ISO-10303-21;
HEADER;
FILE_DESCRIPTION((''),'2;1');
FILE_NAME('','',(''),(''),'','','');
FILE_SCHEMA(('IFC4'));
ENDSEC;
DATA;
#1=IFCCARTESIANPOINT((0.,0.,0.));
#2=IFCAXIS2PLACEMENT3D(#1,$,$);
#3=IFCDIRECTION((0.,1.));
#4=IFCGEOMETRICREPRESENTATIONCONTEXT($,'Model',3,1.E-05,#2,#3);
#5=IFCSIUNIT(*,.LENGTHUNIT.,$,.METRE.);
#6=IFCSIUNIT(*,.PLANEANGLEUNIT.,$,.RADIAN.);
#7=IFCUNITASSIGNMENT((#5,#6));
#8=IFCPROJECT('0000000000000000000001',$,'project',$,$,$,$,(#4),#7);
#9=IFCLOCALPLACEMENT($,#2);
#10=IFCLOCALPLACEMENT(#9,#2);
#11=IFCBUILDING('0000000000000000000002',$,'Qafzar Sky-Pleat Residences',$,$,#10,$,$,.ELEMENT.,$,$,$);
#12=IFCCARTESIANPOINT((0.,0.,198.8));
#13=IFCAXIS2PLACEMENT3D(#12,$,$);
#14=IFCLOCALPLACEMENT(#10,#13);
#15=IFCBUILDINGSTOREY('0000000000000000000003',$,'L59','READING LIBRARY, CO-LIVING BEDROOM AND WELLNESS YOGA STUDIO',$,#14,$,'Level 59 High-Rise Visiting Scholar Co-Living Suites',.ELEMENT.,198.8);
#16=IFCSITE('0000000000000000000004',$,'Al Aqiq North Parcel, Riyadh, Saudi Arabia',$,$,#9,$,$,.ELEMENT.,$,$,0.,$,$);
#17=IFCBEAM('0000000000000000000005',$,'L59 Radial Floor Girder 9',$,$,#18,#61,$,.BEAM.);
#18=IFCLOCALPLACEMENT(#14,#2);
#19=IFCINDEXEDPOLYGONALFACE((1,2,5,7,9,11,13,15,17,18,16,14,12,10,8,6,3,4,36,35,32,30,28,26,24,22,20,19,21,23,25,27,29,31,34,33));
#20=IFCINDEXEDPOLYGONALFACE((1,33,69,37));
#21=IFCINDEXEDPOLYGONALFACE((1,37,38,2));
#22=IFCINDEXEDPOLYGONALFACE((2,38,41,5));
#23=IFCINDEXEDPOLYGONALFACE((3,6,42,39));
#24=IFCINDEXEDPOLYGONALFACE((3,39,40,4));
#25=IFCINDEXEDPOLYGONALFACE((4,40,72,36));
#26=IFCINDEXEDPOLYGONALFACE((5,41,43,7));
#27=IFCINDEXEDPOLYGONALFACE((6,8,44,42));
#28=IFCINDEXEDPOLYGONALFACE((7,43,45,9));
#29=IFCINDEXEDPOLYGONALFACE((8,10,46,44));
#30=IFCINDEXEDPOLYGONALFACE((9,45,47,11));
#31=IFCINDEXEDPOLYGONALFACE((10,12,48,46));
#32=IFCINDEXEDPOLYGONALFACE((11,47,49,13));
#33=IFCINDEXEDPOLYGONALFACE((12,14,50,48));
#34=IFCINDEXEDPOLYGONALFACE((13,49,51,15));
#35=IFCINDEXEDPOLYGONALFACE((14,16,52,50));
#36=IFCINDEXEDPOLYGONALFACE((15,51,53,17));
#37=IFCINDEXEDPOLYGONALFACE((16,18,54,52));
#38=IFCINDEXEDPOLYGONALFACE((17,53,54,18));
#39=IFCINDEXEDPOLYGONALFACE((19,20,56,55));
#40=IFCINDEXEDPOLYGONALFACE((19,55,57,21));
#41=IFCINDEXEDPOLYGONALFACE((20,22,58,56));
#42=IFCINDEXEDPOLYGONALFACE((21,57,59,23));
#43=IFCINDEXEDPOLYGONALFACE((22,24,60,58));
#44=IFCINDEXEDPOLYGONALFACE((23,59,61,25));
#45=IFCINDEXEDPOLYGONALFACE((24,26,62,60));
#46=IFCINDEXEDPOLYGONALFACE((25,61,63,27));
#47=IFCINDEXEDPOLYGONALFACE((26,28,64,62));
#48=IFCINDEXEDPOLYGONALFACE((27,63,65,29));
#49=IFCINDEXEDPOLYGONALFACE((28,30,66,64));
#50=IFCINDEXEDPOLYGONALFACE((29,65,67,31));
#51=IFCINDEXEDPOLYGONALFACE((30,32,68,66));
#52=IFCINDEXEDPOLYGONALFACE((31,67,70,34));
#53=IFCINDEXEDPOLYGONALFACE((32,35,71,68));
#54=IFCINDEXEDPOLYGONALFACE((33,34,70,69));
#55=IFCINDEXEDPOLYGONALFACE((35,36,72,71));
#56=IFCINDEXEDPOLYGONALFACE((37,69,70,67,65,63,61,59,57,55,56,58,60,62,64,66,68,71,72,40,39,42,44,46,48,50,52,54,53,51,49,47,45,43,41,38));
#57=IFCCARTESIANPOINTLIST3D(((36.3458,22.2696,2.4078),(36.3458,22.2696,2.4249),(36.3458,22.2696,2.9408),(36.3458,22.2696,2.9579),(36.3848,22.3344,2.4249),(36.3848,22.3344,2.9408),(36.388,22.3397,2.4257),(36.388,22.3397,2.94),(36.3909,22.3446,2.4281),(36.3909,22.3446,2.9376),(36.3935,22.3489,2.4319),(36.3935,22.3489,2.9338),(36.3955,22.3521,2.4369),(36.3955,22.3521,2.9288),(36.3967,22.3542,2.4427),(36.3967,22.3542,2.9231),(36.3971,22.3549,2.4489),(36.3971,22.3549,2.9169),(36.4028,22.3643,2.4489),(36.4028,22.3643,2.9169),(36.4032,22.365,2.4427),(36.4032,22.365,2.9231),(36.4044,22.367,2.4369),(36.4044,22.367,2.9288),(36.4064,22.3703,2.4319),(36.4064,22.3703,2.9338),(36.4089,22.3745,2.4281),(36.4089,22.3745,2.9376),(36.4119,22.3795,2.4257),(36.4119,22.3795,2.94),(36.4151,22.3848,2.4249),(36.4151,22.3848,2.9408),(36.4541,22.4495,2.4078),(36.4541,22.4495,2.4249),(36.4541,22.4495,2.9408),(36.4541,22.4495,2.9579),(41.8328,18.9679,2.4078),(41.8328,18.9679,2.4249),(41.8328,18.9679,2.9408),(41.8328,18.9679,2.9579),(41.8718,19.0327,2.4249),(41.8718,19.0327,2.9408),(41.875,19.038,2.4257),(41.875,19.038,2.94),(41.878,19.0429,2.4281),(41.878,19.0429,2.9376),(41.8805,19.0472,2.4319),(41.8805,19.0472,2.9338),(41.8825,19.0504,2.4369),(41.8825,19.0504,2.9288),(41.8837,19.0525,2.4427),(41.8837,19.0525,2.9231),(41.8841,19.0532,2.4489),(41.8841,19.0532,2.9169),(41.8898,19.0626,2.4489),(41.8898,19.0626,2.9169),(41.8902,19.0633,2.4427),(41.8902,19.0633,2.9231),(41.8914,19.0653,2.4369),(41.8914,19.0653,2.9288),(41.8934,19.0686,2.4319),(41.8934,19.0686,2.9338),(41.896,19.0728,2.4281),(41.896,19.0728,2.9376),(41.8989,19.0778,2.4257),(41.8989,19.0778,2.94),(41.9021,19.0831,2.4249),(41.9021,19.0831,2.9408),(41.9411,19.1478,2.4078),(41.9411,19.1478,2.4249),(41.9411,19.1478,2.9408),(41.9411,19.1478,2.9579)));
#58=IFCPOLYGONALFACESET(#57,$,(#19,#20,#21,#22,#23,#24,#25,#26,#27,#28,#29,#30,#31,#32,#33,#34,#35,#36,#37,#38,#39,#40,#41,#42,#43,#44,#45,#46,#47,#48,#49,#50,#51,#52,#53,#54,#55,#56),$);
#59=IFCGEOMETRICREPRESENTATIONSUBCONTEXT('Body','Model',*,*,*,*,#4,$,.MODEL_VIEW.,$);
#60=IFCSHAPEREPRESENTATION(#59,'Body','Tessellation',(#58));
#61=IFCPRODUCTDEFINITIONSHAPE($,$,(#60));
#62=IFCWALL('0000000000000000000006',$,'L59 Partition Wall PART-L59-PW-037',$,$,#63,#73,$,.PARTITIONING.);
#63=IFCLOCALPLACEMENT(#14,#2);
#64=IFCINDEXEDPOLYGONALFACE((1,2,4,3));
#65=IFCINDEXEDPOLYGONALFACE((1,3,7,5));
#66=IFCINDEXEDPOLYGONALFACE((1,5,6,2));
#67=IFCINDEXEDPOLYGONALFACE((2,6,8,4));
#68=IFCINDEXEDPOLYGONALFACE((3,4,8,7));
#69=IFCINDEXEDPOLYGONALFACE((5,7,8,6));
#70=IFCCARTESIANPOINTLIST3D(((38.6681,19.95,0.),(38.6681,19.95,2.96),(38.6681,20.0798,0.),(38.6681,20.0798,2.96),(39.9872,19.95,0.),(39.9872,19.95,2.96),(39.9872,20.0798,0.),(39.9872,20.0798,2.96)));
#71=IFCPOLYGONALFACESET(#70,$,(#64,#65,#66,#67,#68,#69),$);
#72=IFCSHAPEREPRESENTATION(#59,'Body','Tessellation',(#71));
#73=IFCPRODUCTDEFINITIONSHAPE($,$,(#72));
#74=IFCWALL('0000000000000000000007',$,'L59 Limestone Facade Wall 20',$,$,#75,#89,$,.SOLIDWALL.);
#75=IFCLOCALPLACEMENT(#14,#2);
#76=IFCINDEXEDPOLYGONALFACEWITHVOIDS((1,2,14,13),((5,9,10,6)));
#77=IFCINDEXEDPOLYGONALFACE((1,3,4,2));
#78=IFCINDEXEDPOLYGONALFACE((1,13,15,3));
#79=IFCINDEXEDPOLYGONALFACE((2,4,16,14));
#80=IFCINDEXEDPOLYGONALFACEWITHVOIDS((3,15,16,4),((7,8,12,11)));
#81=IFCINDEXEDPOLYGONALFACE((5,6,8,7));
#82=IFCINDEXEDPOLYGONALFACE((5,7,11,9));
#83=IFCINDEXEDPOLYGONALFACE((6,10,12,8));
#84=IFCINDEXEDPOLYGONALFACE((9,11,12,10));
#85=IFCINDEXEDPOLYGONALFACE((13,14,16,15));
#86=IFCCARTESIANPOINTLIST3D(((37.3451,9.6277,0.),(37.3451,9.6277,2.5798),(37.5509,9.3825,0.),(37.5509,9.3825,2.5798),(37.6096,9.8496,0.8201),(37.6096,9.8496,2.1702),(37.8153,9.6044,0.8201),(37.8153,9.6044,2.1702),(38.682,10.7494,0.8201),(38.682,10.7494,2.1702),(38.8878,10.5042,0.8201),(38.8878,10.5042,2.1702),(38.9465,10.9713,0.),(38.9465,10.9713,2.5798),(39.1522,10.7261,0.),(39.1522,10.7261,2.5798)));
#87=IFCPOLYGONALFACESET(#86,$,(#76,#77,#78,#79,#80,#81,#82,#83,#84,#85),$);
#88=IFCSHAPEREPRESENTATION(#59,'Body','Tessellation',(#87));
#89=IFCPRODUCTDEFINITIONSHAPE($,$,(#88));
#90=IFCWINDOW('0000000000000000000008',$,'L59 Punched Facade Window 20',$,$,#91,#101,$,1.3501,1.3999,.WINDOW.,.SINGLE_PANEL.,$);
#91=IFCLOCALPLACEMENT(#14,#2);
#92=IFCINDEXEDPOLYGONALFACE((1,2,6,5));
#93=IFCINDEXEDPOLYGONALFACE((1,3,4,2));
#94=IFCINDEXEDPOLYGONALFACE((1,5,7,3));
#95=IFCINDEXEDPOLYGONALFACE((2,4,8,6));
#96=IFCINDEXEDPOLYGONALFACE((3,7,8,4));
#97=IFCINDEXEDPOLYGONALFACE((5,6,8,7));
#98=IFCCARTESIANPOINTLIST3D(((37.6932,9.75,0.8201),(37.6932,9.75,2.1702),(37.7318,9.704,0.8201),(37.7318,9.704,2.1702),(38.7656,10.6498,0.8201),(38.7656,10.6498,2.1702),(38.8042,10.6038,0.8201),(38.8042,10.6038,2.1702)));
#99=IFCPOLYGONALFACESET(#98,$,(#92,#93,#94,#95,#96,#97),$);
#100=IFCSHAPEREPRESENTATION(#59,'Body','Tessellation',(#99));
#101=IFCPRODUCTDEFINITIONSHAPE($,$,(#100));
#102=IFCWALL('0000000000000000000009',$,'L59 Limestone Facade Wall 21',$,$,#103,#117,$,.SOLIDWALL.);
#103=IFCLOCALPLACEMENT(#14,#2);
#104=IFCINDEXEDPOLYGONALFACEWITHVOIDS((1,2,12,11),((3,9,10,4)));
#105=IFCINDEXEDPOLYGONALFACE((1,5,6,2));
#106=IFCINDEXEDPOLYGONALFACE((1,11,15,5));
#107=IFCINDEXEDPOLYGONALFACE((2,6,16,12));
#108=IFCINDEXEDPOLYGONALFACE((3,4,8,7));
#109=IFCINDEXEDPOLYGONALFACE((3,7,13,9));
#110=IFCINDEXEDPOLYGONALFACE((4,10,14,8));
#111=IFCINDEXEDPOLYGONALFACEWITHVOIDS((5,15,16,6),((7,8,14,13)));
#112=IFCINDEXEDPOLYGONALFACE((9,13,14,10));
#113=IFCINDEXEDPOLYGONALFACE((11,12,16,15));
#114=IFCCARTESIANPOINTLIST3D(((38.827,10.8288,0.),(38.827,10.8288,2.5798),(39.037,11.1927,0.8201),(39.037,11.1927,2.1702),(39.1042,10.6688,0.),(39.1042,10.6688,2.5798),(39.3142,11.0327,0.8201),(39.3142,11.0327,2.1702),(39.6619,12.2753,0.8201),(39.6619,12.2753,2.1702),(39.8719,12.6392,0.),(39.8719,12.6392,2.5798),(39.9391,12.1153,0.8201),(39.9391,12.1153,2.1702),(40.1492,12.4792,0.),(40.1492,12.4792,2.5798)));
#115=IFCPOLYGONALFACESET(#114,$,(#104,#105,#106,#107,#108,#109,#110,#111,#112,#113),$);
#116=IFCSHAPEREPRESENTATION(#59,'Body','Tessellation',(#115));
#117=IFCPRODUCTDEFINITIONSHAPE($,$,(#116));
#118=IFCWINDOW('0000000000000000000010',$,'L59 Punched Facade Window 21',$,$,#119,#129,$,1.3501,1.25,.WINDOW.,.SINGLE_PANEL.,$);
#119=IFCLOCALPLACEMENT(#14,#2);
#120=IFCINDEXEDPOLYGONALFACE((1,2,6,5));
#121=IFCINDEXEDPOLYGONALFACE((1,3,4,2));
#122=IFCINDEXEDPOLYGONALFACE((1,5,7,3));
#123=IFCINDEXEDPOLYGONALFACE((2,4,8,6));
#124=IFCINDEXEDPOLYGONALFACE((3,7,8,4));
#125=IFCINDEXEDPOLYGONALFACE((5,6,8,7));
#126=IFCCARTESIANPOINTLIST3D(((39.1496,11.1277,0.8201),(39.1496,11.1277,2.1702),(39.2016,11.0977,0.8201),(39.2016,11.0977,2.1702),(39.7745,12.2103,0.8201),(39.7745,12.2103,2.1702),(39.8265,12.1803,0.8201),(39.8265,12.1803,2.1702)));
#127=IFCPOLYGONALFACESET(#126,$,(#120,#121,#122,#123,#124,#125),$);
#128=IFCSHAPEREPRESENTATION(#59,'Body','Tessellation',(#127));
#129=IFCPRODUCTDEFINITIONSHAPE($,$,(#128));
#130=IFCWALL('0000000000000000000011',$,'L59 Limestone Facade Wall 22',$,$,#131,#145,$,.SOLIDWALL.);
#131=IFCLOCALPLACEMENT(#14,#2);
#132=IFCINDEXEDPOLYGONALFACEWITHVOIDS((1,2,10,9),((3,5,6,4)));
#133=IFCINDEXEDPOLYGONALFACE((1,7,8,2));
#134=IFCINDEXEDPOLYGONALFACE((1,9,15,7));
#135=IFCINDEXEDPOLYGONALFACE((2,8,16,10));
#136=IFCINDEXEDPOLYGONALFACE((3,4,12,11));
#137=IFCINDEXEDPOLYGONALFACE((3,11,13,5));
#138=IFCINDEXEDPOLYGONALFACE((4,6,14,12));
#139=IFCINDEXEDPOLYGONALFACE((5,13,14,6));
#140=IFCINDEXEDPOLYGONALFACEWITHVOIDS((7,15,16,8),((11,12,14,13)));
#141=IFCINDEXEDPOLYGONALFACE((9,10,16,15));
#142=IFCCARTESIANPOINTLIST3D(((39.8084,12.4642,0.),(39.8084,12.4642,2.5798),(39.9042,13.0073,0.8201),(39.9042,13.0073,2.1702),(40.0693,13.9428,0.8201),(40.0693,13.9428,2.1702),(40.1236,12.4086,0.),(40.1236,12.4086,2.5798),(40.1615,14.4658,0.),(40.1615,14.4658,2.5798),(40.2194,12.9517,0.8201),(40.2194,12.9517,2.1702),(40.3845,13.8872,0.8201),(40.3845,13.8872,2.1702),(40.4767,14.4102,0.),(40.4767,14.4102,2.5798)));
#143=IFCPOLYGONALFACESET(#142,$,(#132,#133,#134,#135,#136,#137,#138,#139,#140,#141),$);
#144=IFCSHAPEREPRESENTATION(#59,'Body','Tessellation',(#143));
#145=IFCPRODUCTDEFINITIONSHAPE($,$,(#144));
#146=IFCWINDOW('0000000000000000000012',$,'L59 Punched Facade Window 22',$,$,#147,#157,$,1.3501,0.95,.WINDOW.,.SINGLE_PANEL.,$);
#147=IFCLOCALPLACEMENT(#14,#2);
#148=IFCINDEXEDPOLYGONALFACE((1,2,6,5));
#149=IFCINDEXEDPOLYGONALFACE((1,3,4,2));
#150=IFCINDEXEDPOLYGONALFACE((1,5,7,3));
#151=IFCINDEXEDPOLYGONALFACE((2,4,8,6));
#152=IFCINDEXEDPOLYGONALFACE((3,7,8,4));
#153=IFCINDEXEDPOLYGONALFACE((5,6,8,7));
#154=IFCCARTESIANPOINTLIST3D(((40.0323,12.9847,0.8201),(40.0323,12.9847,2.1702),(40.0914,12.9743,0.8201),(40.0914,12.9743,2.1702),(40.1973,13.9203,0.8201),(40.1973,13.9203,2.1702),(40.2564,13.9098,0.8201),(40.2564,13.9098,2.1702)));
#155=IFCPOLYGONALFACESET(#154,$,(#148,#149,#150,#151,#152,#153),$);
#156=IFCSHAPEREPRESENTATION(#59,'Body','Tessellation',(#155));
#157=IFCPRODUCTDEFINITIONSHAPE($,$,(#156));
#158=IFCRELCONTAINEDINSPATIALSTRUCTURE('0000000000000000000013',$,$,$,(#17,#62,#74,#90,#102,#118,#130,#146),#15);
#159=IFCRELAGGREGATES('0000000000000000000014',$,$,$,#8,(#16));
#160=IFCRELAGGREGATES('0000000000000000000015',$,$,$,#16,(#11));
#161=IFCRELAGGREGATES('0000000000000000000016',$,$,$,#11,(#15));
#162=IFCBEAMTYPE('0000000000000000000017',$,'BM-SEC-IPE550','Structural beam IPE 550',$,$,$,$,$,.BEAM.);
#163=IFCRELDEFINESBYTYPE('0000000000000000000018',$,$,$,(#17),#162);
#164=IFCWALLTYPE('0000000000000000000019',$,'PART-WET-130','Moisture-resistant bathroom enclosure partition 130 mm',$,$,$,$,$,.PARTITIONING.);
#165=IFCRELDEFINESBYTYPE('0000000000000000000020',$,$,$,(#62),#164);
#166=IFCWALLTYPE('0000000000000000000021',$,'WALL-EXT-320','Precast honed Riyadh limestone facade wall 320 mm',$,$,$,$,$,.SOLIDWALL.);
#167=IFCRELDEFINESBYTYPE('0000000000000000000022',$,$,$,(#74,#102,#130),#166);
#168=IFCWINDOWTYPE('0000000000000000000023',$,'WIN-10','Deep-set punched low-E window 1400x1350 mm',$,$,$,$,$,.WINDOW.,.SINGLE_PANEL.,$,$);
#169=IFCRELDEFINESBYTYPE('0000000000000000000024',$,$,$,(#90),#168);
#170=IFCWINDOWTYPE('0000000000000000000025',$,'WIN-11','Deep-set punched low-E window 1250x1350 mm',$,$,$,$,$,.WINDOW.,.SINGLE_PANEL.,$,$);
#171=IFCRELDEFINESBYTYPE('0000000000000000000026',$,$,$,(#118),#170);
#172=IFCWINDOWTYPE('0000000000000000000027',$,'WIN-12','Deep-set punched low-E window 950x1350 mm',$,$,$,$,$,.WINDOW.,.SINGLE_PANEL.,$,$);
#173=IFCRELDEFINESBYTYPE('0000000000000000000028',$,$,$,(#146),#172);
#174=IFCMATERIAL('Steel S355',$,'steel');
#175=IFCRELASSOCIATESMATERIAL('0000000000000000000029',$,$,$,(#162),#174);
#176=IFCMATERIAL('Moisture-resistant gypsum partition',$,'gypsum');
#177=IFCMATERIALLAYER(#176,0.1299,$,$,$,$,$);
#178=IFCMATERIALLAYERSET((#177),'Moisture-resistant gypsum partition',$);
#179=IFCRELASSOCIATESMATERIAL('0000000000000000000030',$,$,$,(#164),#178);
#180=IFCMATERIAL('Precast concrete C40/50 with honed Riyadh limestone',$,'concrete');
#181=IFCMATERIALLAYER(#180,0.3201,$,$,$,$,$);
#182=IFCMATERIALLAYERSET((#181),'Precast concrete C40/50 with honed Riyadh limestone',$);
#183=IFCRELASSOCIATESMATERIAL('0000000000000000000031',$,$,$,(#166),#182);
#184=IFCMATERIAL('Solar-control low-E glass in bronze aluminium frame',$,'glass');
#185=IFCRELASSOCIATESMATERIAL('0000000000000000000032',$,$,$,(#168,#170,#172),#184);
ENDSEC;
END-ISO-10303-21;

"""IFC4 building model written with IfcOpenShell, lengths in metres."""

from ifc_helpers import new_model, si_unit, direction, frame, frame_2d, origin, origin_2d, place, context, subcontext, project, spatial, rectangle, i_section, extrude, source, transform, mapped, material, layer, layer_set, material_profile, profile_set, type_object, element, fill, save


model = new_model("IFC4")

# Units and contexts
model_context = context("Model", 3, precision=1e-05, world=origin(), true_north=direction((0.0, 1.0)))
body_context = subcontext(model_context, "Body", "Model", "MODEL_VIEW")
ifc_project = project(units=[si_unit("LENGTHUNIT", "METRE"), si_unit("PLANEANGLEUNIT", "RADIAN")], contexts=[model_context])

# Site, building, storey
site_placement = place(None, origin())
site = spatial("IfcSite", under=ifc_project, at=site_placement, Name="Al Aqiq North Parcel, Riyadh, Saudi Arabia", CompositionType="ELEMENT", RefElevation=0.0)
building_placement = place(site_placement, origin())
building = spatial("IfcBuilding", under=site, at=building_placement, Name="Qafzar Sky-Pleat Residences", CompositionType="ELEMENT")
storey_placement = place(building_placement, frame((0.0, 0.0, 198.8)))
storey = spatial("IfcBuildingStorey", under=building, at=storey_placement, Name="L59", Description="READING LIBRARY, CO-LIVING BEDROOM AND WELLNESS YOGA STUDIO", LongName="Level 59 High-Rise Visiting Scholar Co-Living Suites", CompositionType="ELEMENT", Elevation=198.8)

# Shared definitions
ifc_material_1 = material(Name="Steel S355", Category="steel")

# Beam
ifc_material_profile_1 = material_profile(ifc_material_1, i_section(OverallWidth=0.21, OverallDepth=0.55, WebThickness=0.011, FlangeThickness=0.0171, FilletRadius=0.0239, at=origin_2d()), Name="IPE 550")
ifc_profile_set_1 = profile_set([ifc_material_profile_1], Name="Steel S355")
beam_type_1 = type_object("IfcBeamType", Name="BM-SEC-IPE550", Description="Structural beam IPE 550", PredefinedType="BEAM", material=ifc_profile_set_1)
shared_shape_1 = source(origin(), body_context, "Body", "SweptSolid", [
    extrude(i_section(OverallWidth=0.21, OverallDepth=0.55, WebThickness=0.011, FlangeThickness=0.0171, FilletRadius=0.0239, at=origin_2d()), origin(), (0.0, 0.0, 1.0), 6.4038),
])
beam_1_placement = place(storey_placement, frame((41.887, 19.0579, 2.6829), z_axis=(-0.856836, 0.515589, 0.0), x_axis=(-0.515589, -0.856836, 0.0)))
element("IfcBeam", 1, at=beam_1_placement, inside=storey, type_object=beam_type_1, Name="L59 Radial Floor Girder 9", PredefinedType="BEAM", context=body_context, shape_type="MappedRepresentation", body=[
    mapped(shared_shape_1, transform((0.0, 0.0, 0.0), x_axis=(1.0, 0.0, 0.0), y_axis=(0.0, 1.0, 0.0), z_axis=(0.0, 0.0, 1.0), scale=1.0)),
])

# Wall
ifc_material_2 = material(Name="Moisture-resistant gypsum partition", Category="gypsum")
ifc_layer_1 = layer(ifc_material_2, 0.1299)
ifc_layer_set_1 = layer_set([ifc_layer_1], Name="Moisture-resistant gypsum partition")
wall_type_1 = type_object("IfcWallType", Name="PART-WET-130", Description="Moisture-resistant bathroom enclosure partition 130 mm", PredefinedType="PARTITIONING", material=ifc_layer_set_1)
wall_1_placement = place(storey_placement, frame((38.668, 20.0149, 0.0), z_axis=(0.0, 0.0, 1.0), x_axis=(1.0, 0.0, 0.0)))
element("IfcWall", 2, at=wall_1_placement, inside=storey, type_object=wall_type_1, Name="L59 Partition Wall PART-L59-PW-037", PredefinedType="PARTITIONING", context=body_context, shape_type="SweptSolid", body=[
    extrude(rectangle(XDim=1.3191, YDim=0.1299, at=frame_2d((0.6597, 0.0))), origin(), (0.0, 0.0, 1.0), 2.96),
])

# Walls, openings, windows
ifc_material_3 = material(Name="Precast concrete C40/50 with honed Riyadh limestone", Category="concrete")
ifc_layer_2 = layer(ifc_material_3, 0.3201)
ifc_layer_set_2 = layer_set([ifc_layer_2], Name="Precast concrete C40/50 with honed Riyadh limestone")
wall_type_2 = type_object("IfcWallType", Name="WALL-EXT-320", Description="Precast honed Riyadh limestone facade wall 320 mm", PredefinedType="SOLIDWALL", material=ifc_layer_set_2)
wall_2_placement = place(storey_placement, frame((37.448, 9.5051, 0.0), z_axis=(0.0, 0.0, 1.0), x_axis=(0.766082, 0.642743, 0.0)))
wall_2 = element("IfcWall", 3, at=wall_2_placement, inside=storey, type_object=wall_type_2, Name="L59 Limestone Facade Wall 20", PredefinedType="SOLIDWALL", context=body_context, shape_type="SweptSolid", body=[
    extrude(rectangle(XDim=2.0903, YDim=0.3201, at=frame_2d((1.0452, 0.0))), origin(), (0.0, 0.0, 1.0), 2.5798),
])
opening_1_placement = place(wall_2_placement, frame((0.3452, 0.0, 0.8201)))
opening_1 = element("IfcOpeningElement", 4, at=opening_1_placement, cuts=wall_2, PredefinedType="OPENING", context=body_context, shape_type="SweptSolid", body=[
    extrude(rectangle(XDim=1.3999, YDim=1.3501, at=frame_2d((0.7, 0.675))), frame((0.0, 0.1699, 0.0), z_axis=(0.0, -1.0, 0.0), x_axis=(1.0, 0.0, 0.0)), (0.0, 0.0, 1.0), 0.3401),
])
ifc_material_4 = material(Name="Solar-control low-E glass in bronze aluminium frame", Category="glass")
window_type_1 = type_object("IfcWindowType", Name="WIN-10", Description="Deep-set punched low-E window 1400x1350 mm", PartitioningType="SINGLE_PANEL", PredefinedType="WINDOW", material=ifc_material_4)
shared_shape_2 = source(origin(), body_context, "Body", "SweptSolid", [
    extrude(rectangle(XDim=1.3999, YDim=1.3501, at=frame_2d((0.7, 0.675))), frame((0.0, 0.03, 0.0), z_axis=(0.0, -1.0, 0.0), x_axis=(1.0, 0.0, 0.0)), (0.0, 0.0, 1.0), 0.0601),
])
window_1_placement = place(opening_1_placement, origin())
window_1 = element("IfcWindow", 5, at=window_1_placement, inside=storey, type_object=window_type_1, Name="L59 Punched Facade Window 20", OverallHeight=1.3501, OverallWidth=1.3999, PartitioningType="SINGLE_PANEL", PredefinedType="WINDOW", context=body_context, shape_type="MappedRepresentation", body=[
    mapped(shared_shape_2, transform((0.0, 0.0, 0.0), x_axis=(1.0, 0.0, 0.0), y_axis=(0.0, 1.0, 0.0), z_axis=(0.0, 0.0, 1.0), scale=1.0)),
])
fill(opening_1, window_1)
wall_3_placement = place(storey_placement, frame((38.9656, 10.7488, 0.0), z_axis=(0.0, 0.0, 1.0), x_axis=(0.499908, 0.866079, 0.0)))
wall_3 = element("IfcWall", 6, at=wall_3_placement, inside=storey, type_object=wall_type_2, Name="L59 Limestone Facade Wall 21", PredefinedType="SOLIDWALL", context=body_context, shape_type="SweptSolid", body=[
    extrude(rectangle(XDim=2.0903, YDim=0.3201, at=frame_2d((1.0452, 0.0))), origin(), (0.0, 0.0, 1.0), 2.5798),
])
opening_2_placement = place(wall_3_placement, frame((0.4202, 0.0, 0.8201)))
opening_2 = element("IfcOpeningElement", 7, at=opening_2_placement, cuts=wall_3, PredefinedType="OPENING", context=body_context, shape_type="SweptSolid", body=[
    extrude(rectangle(XDim=1.25, YDim=1.3501, at=frame_2d((0.625, 0.675))), frame((0.0, 0.1699, 0.0), z_axis=(0.0, -1.0, 0.0), x_axis=(1.0, 0.0, 0.0)), (0.0, 0.0, 1.0), 0.3401),
])
window_type_2 = type_object("IfcWindowType", Name="WIN-11", Description="Deep-set punched low-E window 1250x1350 mm", PartitioningType="SINGLE_PANEL", PredefinedType="WINDOW", material=ifc_material_4)
shared_shape_3 = source(origin(), body_context, "Body", "SweptSolid", [
    extrude(rectangle(XDim=1.25, YDim=1.3501, at=frame_2d((0.625, 0.675))), frame((0.0, 0.03, 0.0), z_axis=(0.0, -1.0, 0.0), x_axis=(1.0, 0.0, 0.0)), (0.0, 0.0, 1.0), 0.0601),
])
window_2_placement = place(opening_2_placement, origin())
window_2 = element("IfcWindow", 8, at=window_2_placement, inside=storey, type_object=window_type_2, Name="L59 Punched Facade Window 21", OverallHeight=1.3501, OverallWidth=1.25, PartitioningType="SINGLE_PANEL", PredefinedType="WINDOW", context=body_context, shape_type="MappedRepresentation", body=[
    mapped(shared_shape_3, transform((0.0, 0.0, 0.0), x_axis=(1.0, 0.0, 0.0), y_axis=(0.0, 1.0, 0.0), z_axis=(0.0, 0.0, 1.0), scale=1.0)),
])
fill(opening_2, window_2)
wall_4_placement = place(storey_placement, frame((39.9661, 12.4365, 0.0), z_axis=(0.0, 0.0, 1.0), x_axis=(0.173703, 0.984798, 0.0)))
wall_4 = element("IfcWall", 9, at=wall_4_placement, inside=storey, type_object=wall_type_2, Name="L59 Limestone Facade Wall 22", PredefinedType="SOLIDWALL", context=body_context, shape_type="SweptSolid", body=[
    extrude(rectangle(XDim=2.0325, YDim=0.3201, at=frame_2d((1.0161, 0.0))), origin(), (0.0, 0.0, 1.0), 2.5798),
])
opening_3_placement = place(wall_4_placement, frame((0.5513, 0.0, 0.8201)))
opening_3 = element("IfcOpeningElement", 10, at=opening_3_placement, cuts=wall_4, PredefinedType="OPENING", context=body_context, shape_type="SweptSolid", body=[
    extrude(rectangle(XDim=0.95, YDim=1.3501, at=frame_2d((0.4751, 0.675))), frame((0.0, 0.1699, 0.0), z_axis=(0.0, -1.0, 0.0), x_axis=(1.0, 0.0, 0.0)), (0.0, 0.0, 1.0), 0.3401),
])
window_type_3 = type_object("IfcWindowType", Name="WIN-12", Description="Deep-set punched low-E window 950x1350 mm", PartitioningType="SINGLE_PANEL", PredefinedType="WINDOW", material=ifc_material_4)
shared_shape_4 = source(origin(), body_context, "Body", "SweptSolid", [
    extrude(rectangle(XDim=0.95, YDim=1.3501, at=frame_2d((0.4751, 0.675))), frame((0.0, 0.03, 0.0), z_axis=(0.0, -1.0, 0.0), x_axis=(1.0, 0.0, 0.0)), (0.0, 0.0, 1.0), 0.0601),
])
window_3_placement = place(opening_3_placement, origin())
window_3 = element("IfcWindow", 11, at=window_3_placement, inside=storey, type_object=window_type_3, Name="L59 Punched Facade Window 22", OverallHeight=1.3501, OverallWidth=0.95, PartitioningType="SINGLE_PANEL", PredefinedType="WINDOW", context=body_context, shape_type="MappedRepresentation", body=[
    mapped(shared_shape_4, transform((0.0, 0.0, 0.0), x_axis=(1.0, 0.0, 0.0), y_axis=(0.0, 1.0, 0.0), z_axis=(0.0, 0.0, 1.0), scale=1.0)),
])
fill(opening_3, window_3)

save(model, "model.ifc")
